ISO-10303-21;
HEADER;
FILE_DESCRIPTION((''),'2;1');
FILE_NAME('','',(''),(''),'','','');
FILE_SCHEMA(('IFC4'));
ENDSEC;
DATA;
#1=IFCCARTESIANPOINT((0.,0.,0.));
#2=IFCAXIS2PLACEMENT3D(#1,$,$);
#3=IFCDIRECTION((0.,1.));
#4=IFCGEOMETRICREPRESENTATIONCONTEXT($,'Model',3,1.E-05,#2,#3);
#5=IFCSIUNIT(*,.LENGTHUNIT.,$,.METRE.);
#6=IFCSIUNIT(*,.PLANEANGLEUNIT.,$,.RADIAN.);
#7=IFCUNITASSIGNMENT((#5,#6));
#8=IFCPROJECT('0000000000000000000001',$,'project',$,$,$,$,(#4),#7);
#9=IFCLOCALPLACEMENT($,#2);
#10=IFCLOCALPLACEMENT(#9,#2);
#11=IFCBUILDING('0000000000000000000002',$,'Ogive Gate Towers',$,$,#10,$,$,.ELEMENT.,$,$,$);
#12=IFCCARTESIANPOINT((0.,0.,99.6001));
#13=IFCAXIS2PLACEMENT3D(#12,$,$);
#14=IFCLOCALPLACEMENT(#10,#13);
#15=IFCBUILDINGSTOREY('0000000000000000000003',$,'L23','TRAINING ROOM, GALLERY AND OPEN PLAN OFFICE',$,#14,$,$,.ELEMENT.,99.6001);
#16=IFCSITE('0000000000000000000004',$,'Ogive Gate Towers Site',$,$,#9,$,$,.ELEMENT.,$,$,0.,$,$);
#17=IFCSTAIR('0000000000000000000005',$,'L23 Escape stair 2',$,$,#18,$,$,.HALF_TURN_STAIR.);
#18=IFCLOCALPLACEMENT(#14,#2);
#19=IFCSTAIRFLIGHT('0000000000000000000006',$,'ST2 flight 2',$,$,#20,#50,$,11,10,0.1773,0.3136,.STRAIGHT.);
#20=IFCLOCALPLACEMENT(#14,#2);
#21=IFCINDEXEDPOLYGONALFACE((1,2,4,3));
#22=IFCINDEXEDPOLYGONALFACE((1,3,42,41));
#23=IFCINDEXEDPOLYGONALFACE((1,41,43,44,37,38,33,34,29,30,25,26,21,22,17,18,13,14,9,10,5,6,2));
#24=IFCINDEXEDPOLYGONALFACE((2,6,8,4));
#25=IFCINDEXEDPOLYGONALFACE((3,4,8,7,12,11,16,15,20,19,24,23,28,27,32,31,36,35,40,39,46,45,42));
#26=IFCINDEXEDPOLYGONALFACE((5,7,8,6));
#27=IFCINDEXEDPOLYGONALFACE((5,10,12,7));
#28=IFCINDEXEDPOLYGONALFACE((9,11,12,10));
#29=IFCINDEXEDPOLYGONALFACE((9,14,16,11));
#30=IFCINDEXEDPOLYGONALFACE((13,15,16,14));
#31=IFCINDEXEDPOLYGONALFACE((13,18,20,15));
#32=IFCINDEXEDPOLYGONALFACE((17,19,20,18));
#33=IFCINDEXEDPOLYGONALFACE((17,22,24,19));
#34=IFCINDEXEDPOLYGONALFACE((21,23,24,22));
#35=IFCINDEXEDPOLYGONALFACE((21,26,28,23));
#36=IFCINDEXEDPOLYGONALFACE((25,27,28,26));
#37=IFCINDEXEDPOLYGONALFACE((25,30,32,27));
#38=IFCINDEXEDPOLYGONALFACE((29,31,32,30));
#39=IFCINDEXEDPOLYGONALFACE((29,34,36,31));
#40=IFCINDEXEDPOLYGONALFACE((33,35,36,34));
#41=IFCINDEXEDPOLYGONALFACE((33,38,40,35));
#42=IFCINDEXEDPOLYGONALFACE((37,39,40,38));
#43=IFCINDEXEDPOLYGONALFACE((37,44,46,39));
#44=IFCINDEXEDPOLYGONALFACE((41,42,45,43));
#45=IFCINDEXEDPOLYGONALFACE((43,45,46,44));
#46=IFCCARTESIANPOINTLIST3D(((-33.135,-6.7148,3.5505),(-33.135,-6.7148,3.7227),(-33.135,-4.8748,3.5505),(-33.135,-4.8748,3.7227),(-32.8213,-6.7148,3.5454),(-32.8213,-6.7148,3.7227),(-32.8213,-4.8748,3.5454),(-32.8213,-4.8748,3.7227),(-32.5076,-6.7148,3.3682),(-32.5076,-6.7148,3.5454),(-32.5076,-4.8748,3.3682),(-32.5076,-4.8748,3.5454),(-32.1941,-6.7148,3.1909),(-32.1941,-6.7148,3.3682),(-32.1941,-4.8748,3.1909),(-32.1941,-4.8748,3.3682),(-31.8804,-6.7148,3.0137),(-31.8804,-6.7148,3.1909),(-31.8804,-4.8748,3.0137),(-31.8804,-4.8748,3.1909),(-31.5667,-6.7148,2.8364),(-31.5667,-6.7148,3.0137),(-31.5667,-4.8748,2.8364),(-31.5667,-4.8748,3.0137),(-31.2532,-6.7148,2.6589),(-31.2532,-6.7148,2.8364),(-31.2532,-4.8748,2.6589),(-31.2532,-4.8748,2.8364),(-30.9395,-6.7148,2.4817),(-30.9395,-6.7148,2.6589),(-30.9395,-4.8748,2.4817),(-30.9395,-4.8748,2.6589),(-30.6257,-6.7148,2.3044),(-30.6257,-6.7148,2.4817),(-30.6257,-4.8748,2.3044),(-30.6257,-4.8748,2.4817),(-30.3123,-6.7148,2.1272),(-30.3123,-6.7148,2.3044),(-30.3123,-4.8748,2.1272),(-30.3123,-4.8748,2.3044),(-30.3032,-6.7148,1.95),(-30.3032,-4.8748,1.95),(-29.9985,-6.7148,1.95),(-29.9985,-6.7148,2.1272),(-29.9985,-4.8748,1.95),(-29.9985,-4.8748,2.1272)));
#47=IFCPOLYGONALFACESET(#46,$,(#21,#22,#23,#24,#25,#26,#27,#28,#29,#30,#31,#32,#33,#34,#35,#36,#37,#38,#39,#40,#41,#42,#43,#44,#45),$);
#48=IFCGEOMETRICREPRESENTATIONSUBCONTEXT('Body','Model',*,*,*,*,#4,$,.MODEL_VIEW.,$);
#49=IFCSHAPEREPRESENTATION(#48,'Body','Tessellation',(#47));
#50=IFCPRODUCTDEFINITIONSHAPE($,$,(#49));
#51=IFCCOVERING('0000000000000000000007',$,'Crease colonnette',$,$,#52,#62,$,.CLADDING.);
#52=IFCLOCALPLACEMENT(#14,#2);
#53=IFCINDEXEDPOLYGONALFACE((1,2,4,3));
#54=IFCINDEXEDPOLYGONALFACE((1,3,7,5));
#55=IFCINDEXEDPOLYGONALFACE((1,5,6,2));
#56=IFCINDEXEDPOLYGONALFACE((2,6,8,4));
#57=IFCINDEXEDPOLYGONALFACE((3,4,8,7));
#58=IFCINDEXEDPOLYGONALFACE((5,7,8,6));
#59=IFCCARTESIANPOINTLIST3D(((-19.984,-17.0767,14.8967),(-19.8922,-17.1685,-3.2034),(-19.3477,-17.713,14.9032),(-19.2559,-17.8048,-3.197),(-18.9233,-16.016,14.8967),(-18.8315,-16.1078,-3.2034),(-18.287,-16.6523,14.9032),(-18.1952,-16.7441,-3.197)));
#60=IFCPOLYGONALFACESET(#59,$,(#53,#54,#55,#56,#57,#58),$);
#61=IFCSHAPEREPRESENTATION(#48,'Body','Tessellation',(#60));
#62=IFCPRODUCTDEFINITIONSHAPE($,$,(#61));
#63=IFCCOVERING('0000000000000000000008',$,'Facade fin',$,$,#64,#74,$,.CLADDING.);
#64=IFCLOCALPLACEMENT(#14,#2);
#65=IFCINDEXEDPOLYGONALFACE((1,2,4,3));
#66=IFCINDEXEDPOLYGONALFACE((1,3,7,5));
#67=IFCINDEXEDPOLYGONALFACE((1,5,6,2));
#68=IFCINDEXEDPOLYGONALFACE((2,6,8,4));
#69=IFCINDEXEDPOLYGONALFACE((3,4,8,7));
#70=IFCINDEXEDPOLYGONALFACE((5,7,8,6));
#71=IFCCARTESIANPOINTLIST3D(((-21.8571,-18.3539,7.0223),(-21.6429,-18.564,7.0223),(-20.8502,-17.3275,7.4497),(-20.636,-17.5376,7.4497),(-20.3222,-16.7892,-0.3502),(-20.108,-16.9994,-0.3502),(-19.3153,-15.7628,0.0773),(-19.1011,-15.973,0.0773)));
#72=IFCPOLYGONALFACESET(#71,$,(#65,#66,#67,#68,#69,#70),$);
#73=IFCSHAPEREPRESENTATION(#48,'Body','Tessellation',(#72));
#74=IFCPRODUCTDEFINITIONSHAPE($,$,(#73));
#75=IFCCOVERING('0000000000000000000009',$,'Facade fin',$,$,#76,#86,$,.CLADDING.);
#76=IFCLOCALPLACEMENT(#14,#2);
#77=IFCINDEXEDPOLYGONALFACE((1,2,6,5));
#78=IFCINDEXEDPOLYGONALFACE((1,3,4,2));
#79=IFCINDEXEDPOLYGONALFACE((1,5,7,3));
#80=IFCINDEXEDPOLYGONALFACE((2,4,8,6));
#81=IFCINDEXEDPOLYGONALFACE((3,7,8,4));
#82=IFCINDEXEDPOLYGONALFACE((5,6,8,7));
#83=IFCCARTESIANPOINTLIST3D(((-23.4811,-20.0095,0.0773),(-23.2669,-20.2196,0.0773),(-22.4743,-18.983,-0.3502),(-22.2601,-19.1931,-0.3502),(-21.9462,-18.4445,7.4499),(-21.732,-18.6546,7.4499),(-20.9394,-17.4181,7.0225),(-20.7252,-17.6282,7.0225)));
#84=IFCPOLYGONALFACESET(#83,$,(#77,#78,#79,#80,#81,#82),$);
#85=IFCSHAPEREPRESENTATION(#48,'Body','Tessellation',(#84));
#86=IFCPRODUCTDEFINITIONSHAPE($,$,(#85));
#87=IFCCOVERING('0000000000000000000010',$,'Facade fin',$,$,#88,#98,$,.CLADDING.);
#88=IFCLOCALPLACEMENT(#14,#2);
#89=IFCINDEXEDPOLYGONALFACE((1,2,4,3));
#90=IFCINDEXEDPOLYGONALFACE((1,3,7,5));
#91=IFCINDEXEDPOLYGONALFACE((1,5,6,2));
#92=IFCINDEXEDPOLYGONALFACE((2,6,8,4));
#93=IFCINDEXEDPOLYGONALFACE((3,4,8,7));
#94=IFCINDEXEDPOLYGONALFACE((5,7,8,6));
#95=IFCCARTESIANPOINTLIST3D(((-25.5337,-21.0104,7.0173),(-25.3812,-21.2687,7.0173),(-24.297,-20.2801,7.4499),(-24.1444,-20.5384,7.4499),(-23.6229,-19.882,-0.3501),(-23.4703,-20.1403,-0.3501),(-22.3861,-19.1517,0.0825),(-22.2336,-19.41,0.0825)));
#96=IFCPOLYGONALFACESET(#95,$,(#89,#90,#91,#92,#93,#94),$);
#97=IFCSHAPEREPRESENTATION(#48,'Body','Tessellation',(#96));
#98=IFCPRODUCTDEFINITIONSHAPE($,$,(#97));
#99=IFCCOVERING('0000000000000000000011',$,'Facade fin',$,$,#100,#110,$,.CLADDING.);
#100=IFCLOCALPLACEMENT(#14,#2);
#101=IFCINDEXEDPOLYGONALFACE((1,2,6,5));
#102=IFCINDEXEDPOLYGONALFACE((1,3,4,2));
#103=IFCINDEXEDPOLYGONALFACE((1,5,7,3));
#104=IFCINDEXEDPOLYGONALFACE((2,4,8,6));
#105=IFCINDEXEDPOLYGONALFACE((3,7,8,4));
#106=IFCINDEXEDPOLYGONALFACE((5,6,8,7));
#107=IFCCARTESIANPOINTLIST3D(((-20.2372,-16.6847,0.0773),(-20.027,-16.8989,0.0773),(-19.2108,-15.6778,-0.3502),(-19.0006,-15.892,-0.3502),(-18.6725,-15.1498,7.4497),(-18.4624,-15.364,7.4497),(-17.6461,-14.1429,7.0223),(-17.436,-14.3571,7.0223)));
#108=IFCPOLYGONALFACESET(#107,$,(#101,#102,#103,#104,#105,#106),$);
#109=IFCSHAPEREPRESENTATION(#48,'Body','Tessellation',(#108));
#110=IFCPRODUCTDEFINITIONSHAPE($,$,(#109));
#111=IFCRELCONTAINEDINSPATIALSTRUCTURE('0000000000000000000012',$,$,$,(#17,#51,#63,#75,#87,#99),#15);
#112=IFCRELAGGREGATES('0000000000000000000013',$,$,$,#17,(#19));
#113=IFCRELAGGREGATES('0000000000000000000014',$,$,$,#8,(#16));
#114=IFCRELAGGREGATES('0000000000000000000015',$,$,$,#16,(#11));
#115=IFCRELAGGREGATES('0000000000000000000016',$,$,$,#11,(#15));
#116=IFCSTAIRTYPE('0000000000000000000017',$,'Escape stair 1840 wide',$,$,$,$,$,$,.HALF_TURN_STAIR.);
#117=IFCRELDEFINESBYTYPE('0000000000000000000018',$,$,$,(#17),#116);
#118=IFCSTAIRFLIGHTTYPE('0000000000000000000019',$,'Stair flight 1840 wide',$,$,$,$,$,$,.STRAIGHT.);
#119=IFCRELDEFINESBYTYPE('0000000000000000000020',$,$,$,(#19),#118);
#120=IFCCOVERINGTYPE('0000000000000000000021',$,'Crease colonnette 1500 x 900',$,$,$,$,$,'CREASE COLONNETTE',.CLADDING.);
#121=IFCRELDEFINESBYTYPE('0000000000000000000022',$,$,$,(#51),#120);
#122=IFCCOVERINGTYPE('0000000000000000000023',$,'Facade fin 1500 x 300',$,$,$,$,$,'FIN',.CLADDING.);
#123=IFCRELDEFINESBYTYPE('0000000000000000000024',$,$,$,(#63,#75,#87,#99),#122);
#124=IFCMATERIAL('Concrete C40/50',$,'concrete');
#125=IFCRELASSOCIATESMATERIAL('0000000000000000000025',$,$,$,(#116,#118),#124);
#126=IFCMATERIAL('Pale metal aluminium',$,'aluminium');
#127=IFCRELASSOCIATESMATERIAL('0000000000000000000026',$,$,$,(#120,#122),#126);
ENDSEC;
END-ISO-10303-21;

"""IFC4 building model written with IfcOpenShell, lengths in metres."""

from ifc_helpers import new_model, si_unit, direction, frame, origin, origin_2d, place, context, subcontext, project, spatial, polyline, rectangle, outline, extrude, material, material_profile, profile_set, type_object, element, aggregate, save


model = new_model("IFC4")

# Units and contexts
model_context = context("Model", 3, precision=1e-05, world=origin(), true_north=direction((0.0, 1.0)))
body_context = subcontext(model_context, "Body", "Model", "MODEL_VIEW")
ifc_project = project(units=[si_unit("LENGTHUNIT", "METRE"), si_unit("PLANEANGLEUNIT", "RADIAN")], contexts=[model_context])

# Site, building, storey
site_placement = place(None, origin())
site = spatial("IfcSite", under=ifc_project, at=site_placement, Name="Ogive Gate Towers Site", CompositionType="ELEMENT", RefElevation=0.0)
building_placement = place(site_placement, origin())
building = spatial("IfcBuilding", under=site, at=building_placement, Name="Ogive Gate Towers", CompositionType="ELEMENT")
storey_placement = place(building_placement, frame((0.0, 0.0, 99.6001)))
storey = spatial("IfcBuildingStorey", under=building, at=storey_placement, Name="L23", Description="TRAINING ROOM, GALLERY AND OPEN PLAN OFFICE", CompositionType="ELEMENT", Elevation=99.6001)

# Shared definitions
ifc_material_1 = material(Name="Pale metal aluminium", Category="aluminium")

# Stair, stair flight
ifc_material_2 = material(Name="Concrete C40/50", Category="concrete")
stair_type = type_object("IfcStairType", Name="Escape stair 1840 wide", PredefinedType="HALF_TURN_STAIR", material=ifc_material_2)
stair_placement = place(storey_placement, origin())
stair = element("IfcStair", 1, at=stair_placement, inside=storey, type_object=stair_type, Name="L23 Escape stair 2", PredefinedType="HALF_TURN_STAIR")
stair_flight_type = type_object("IfcStairFlightType", Name="Stair flight 1840 wide", PredefinedType="STRAIGHT", material=ifc_material_2)
stair_flight_placement = place(storey_placement, frame((-29.9985, -5.7949, 1.95), z_axis=(0.0, 0.0, 1.0), x_axis=(-1.0, 0.0, 0.0)))
stair_flight = element("IfcStairFlight", 2, at=stair_flight_placement, type_object=stair_flight_type, Name="ST2 flight 2", NumberOfRisers=11, NumberOfTreads=10, PredefinedType="STRAIGHT", RiserHeight=0.1773, TreadLength=0.3136, context=body_context, shape_type="SweptSolid", body=[
    extrude(outline(polyline([(0.0, 0.0), (0.0, 0.1772), (0.3137, 0.1772), (0.3137, 0.3545), (0.6272, 0.3545), (0.6272, 0.5317), (0.9409, 0.5317), (0.9409, 0.709), (1.2546, 0.709), (1.2546, 0.8865), (1.5681, 0.8865), (1.5681, 1.0637), (1.8818, 1.0637), (1.8818, 1.241), (2.1956, 1.241), (2.1956, 1.4182), (2.509, 1.4182), (2.509, 1.5955), (2.8228, 1.5955), (2.8228, 1.7727), (3.1365, 1.7727), (3.1365, 1.95), (3.1365, 1.6006), (0.3047, 0.0), (0.0, 0.0)])), frame((0.0, 0.9199, 0.0), z_axis=(0.0, -1.0, 0.0), x_axis=(1.0, 0.0, 0.0)), (0.0, 0.0, 1.0), 1.8401),
])
aggregate(stair, [stair_flight])

# Coverings
ifc_material_profile_1 = material_profile(ifc_material_1, rectangle(XDim=1.5, YDim=0.8999, at=origin_2d()), Name="1500 x 900 pale metal aluminium")
ifc_profile_set_1 = profile_set([ifc_material_profile_1], Name="Pale metal aluminium")
covering_type_1 = type_object("IfcCoveringType", Name="Crease colonnette 1500 x 900", ElementType="CREASE COLONNETTE", PredefinedType="CLADDING", material=ifc_profile_set_1)
covering_1_placement = place(storey_placement, frame((-19.0437, -16.9563, -3.2002), z_axis=(-0.005071, 0.005071, 0.999974), x_axis=(-0.707107, -0.707107, 0.0)))
element("IfcCovering", 3, at=covering_1_placement, inside=storey, type_object=covering_type_1, Name="Crease colonnette", PredefinedType="CLADDING", context=body_context, shape_type="SweptSolid", body=[
    extrude(rectangle(XDim=1.5, YDim=0.8999, at=origin_2d()), origin(), (0.0, 0.0, 1.0), 18.1006),
])
ifc_material_profile_2 = material_profile(ifc_material_1, rectangle(XDim=0.3, YDim=1.5, at=origin_2d()), Name="1500 x 300 pale metal aluminium")
ifc_profile_set_2 = profile_set([ifc_material_profile_2], Name="Pale metal aluminium")
covering_type_2 = type_object("IfcCoveringType", Name="Facade fin 1500 x 300", ElementType="FIN", PredefinedType="CLADDING", material=ifc_profile_set_2)
covering_2_placement = place(storey_placement, frame((-19.7117, -16.3811, -0.1365), z_axis=(-0.19956, -0.203433, 0.958536), x_axis=(0.713869, -0.70028, 0.0)))
element("IfcCovering", 4, at=covering_2_placement, inside=storey, type_object=covering_type_2, Name="Facade fin", PredefinedType="CLADDING", context=body_context, shape_type="SweptSolid", body=[
    extrude(rectangle(XDim=0.3, YDim=1.5, at=origin_2d()), origin(), (0.0, 0.0, 1.0), 7.6914),
])
covering_3_placement = place(storey_placement, frame((-22.8706, -19.6013, -0.1365), z_axis=(0.199559, 0.203463, 0.95853), x_axis=(-0.713923, 0.700224, 0.0)))
element("IfcCovering", 5, at=covering_3_placement, inside=storey, type_object=covering_type_2, Name="Facade fin", PredefinedType="CLADDING", context=body_context, shape_type="SweptSolid", body=[
    extrude(rectangle(XDim=0.3, YDim=1.5, at=origin_2d()), origin(), (0.0, 0.0, 1.0), 7.6917),
])
covering_4_placement = place(storey_placement, frame((-22.9282, -19.646, -0.1338), z_axis=(-0.248348, -0.146654, 0.957505), x_axis=(0.508481, -0.861073, 0.0)))
element("IfcCovering", 6, at=covering_4_placement, inside=storey, type_object=covering_type_2, Name="Facade fin", PredefinedType="CLADDING", context=body_context, shape_type="SweptSolid", body=[
    extrude(rectangle(XDim=0.3, YDim=1.5, at=origin_2d()), origin(), (0.0, 0.0, 1.0), 7.6943),
])
covering_5_placement = place(storey_placement, frame((-19.6189, -16.2883, -0.1365), z_axis=(0.203433, 0.19956, 0.958536), x_axis=(-0.70028, 0.713869, 0.0)))
element("IfcCovering", 7, at=covering_5_placement, inside=storey, type_object=covering_type_2, Name="Facade fin", PredefinedType="CLADDING", context=body_context, shape_type="SweptSolid", body=[
    extrude(rectangle(XDim=0.3, YDim=1.5, at=origin_2d()), origin(), (0.0, 0.0, 1.0), 7.6914),
])

save(model, "model.ifc")
